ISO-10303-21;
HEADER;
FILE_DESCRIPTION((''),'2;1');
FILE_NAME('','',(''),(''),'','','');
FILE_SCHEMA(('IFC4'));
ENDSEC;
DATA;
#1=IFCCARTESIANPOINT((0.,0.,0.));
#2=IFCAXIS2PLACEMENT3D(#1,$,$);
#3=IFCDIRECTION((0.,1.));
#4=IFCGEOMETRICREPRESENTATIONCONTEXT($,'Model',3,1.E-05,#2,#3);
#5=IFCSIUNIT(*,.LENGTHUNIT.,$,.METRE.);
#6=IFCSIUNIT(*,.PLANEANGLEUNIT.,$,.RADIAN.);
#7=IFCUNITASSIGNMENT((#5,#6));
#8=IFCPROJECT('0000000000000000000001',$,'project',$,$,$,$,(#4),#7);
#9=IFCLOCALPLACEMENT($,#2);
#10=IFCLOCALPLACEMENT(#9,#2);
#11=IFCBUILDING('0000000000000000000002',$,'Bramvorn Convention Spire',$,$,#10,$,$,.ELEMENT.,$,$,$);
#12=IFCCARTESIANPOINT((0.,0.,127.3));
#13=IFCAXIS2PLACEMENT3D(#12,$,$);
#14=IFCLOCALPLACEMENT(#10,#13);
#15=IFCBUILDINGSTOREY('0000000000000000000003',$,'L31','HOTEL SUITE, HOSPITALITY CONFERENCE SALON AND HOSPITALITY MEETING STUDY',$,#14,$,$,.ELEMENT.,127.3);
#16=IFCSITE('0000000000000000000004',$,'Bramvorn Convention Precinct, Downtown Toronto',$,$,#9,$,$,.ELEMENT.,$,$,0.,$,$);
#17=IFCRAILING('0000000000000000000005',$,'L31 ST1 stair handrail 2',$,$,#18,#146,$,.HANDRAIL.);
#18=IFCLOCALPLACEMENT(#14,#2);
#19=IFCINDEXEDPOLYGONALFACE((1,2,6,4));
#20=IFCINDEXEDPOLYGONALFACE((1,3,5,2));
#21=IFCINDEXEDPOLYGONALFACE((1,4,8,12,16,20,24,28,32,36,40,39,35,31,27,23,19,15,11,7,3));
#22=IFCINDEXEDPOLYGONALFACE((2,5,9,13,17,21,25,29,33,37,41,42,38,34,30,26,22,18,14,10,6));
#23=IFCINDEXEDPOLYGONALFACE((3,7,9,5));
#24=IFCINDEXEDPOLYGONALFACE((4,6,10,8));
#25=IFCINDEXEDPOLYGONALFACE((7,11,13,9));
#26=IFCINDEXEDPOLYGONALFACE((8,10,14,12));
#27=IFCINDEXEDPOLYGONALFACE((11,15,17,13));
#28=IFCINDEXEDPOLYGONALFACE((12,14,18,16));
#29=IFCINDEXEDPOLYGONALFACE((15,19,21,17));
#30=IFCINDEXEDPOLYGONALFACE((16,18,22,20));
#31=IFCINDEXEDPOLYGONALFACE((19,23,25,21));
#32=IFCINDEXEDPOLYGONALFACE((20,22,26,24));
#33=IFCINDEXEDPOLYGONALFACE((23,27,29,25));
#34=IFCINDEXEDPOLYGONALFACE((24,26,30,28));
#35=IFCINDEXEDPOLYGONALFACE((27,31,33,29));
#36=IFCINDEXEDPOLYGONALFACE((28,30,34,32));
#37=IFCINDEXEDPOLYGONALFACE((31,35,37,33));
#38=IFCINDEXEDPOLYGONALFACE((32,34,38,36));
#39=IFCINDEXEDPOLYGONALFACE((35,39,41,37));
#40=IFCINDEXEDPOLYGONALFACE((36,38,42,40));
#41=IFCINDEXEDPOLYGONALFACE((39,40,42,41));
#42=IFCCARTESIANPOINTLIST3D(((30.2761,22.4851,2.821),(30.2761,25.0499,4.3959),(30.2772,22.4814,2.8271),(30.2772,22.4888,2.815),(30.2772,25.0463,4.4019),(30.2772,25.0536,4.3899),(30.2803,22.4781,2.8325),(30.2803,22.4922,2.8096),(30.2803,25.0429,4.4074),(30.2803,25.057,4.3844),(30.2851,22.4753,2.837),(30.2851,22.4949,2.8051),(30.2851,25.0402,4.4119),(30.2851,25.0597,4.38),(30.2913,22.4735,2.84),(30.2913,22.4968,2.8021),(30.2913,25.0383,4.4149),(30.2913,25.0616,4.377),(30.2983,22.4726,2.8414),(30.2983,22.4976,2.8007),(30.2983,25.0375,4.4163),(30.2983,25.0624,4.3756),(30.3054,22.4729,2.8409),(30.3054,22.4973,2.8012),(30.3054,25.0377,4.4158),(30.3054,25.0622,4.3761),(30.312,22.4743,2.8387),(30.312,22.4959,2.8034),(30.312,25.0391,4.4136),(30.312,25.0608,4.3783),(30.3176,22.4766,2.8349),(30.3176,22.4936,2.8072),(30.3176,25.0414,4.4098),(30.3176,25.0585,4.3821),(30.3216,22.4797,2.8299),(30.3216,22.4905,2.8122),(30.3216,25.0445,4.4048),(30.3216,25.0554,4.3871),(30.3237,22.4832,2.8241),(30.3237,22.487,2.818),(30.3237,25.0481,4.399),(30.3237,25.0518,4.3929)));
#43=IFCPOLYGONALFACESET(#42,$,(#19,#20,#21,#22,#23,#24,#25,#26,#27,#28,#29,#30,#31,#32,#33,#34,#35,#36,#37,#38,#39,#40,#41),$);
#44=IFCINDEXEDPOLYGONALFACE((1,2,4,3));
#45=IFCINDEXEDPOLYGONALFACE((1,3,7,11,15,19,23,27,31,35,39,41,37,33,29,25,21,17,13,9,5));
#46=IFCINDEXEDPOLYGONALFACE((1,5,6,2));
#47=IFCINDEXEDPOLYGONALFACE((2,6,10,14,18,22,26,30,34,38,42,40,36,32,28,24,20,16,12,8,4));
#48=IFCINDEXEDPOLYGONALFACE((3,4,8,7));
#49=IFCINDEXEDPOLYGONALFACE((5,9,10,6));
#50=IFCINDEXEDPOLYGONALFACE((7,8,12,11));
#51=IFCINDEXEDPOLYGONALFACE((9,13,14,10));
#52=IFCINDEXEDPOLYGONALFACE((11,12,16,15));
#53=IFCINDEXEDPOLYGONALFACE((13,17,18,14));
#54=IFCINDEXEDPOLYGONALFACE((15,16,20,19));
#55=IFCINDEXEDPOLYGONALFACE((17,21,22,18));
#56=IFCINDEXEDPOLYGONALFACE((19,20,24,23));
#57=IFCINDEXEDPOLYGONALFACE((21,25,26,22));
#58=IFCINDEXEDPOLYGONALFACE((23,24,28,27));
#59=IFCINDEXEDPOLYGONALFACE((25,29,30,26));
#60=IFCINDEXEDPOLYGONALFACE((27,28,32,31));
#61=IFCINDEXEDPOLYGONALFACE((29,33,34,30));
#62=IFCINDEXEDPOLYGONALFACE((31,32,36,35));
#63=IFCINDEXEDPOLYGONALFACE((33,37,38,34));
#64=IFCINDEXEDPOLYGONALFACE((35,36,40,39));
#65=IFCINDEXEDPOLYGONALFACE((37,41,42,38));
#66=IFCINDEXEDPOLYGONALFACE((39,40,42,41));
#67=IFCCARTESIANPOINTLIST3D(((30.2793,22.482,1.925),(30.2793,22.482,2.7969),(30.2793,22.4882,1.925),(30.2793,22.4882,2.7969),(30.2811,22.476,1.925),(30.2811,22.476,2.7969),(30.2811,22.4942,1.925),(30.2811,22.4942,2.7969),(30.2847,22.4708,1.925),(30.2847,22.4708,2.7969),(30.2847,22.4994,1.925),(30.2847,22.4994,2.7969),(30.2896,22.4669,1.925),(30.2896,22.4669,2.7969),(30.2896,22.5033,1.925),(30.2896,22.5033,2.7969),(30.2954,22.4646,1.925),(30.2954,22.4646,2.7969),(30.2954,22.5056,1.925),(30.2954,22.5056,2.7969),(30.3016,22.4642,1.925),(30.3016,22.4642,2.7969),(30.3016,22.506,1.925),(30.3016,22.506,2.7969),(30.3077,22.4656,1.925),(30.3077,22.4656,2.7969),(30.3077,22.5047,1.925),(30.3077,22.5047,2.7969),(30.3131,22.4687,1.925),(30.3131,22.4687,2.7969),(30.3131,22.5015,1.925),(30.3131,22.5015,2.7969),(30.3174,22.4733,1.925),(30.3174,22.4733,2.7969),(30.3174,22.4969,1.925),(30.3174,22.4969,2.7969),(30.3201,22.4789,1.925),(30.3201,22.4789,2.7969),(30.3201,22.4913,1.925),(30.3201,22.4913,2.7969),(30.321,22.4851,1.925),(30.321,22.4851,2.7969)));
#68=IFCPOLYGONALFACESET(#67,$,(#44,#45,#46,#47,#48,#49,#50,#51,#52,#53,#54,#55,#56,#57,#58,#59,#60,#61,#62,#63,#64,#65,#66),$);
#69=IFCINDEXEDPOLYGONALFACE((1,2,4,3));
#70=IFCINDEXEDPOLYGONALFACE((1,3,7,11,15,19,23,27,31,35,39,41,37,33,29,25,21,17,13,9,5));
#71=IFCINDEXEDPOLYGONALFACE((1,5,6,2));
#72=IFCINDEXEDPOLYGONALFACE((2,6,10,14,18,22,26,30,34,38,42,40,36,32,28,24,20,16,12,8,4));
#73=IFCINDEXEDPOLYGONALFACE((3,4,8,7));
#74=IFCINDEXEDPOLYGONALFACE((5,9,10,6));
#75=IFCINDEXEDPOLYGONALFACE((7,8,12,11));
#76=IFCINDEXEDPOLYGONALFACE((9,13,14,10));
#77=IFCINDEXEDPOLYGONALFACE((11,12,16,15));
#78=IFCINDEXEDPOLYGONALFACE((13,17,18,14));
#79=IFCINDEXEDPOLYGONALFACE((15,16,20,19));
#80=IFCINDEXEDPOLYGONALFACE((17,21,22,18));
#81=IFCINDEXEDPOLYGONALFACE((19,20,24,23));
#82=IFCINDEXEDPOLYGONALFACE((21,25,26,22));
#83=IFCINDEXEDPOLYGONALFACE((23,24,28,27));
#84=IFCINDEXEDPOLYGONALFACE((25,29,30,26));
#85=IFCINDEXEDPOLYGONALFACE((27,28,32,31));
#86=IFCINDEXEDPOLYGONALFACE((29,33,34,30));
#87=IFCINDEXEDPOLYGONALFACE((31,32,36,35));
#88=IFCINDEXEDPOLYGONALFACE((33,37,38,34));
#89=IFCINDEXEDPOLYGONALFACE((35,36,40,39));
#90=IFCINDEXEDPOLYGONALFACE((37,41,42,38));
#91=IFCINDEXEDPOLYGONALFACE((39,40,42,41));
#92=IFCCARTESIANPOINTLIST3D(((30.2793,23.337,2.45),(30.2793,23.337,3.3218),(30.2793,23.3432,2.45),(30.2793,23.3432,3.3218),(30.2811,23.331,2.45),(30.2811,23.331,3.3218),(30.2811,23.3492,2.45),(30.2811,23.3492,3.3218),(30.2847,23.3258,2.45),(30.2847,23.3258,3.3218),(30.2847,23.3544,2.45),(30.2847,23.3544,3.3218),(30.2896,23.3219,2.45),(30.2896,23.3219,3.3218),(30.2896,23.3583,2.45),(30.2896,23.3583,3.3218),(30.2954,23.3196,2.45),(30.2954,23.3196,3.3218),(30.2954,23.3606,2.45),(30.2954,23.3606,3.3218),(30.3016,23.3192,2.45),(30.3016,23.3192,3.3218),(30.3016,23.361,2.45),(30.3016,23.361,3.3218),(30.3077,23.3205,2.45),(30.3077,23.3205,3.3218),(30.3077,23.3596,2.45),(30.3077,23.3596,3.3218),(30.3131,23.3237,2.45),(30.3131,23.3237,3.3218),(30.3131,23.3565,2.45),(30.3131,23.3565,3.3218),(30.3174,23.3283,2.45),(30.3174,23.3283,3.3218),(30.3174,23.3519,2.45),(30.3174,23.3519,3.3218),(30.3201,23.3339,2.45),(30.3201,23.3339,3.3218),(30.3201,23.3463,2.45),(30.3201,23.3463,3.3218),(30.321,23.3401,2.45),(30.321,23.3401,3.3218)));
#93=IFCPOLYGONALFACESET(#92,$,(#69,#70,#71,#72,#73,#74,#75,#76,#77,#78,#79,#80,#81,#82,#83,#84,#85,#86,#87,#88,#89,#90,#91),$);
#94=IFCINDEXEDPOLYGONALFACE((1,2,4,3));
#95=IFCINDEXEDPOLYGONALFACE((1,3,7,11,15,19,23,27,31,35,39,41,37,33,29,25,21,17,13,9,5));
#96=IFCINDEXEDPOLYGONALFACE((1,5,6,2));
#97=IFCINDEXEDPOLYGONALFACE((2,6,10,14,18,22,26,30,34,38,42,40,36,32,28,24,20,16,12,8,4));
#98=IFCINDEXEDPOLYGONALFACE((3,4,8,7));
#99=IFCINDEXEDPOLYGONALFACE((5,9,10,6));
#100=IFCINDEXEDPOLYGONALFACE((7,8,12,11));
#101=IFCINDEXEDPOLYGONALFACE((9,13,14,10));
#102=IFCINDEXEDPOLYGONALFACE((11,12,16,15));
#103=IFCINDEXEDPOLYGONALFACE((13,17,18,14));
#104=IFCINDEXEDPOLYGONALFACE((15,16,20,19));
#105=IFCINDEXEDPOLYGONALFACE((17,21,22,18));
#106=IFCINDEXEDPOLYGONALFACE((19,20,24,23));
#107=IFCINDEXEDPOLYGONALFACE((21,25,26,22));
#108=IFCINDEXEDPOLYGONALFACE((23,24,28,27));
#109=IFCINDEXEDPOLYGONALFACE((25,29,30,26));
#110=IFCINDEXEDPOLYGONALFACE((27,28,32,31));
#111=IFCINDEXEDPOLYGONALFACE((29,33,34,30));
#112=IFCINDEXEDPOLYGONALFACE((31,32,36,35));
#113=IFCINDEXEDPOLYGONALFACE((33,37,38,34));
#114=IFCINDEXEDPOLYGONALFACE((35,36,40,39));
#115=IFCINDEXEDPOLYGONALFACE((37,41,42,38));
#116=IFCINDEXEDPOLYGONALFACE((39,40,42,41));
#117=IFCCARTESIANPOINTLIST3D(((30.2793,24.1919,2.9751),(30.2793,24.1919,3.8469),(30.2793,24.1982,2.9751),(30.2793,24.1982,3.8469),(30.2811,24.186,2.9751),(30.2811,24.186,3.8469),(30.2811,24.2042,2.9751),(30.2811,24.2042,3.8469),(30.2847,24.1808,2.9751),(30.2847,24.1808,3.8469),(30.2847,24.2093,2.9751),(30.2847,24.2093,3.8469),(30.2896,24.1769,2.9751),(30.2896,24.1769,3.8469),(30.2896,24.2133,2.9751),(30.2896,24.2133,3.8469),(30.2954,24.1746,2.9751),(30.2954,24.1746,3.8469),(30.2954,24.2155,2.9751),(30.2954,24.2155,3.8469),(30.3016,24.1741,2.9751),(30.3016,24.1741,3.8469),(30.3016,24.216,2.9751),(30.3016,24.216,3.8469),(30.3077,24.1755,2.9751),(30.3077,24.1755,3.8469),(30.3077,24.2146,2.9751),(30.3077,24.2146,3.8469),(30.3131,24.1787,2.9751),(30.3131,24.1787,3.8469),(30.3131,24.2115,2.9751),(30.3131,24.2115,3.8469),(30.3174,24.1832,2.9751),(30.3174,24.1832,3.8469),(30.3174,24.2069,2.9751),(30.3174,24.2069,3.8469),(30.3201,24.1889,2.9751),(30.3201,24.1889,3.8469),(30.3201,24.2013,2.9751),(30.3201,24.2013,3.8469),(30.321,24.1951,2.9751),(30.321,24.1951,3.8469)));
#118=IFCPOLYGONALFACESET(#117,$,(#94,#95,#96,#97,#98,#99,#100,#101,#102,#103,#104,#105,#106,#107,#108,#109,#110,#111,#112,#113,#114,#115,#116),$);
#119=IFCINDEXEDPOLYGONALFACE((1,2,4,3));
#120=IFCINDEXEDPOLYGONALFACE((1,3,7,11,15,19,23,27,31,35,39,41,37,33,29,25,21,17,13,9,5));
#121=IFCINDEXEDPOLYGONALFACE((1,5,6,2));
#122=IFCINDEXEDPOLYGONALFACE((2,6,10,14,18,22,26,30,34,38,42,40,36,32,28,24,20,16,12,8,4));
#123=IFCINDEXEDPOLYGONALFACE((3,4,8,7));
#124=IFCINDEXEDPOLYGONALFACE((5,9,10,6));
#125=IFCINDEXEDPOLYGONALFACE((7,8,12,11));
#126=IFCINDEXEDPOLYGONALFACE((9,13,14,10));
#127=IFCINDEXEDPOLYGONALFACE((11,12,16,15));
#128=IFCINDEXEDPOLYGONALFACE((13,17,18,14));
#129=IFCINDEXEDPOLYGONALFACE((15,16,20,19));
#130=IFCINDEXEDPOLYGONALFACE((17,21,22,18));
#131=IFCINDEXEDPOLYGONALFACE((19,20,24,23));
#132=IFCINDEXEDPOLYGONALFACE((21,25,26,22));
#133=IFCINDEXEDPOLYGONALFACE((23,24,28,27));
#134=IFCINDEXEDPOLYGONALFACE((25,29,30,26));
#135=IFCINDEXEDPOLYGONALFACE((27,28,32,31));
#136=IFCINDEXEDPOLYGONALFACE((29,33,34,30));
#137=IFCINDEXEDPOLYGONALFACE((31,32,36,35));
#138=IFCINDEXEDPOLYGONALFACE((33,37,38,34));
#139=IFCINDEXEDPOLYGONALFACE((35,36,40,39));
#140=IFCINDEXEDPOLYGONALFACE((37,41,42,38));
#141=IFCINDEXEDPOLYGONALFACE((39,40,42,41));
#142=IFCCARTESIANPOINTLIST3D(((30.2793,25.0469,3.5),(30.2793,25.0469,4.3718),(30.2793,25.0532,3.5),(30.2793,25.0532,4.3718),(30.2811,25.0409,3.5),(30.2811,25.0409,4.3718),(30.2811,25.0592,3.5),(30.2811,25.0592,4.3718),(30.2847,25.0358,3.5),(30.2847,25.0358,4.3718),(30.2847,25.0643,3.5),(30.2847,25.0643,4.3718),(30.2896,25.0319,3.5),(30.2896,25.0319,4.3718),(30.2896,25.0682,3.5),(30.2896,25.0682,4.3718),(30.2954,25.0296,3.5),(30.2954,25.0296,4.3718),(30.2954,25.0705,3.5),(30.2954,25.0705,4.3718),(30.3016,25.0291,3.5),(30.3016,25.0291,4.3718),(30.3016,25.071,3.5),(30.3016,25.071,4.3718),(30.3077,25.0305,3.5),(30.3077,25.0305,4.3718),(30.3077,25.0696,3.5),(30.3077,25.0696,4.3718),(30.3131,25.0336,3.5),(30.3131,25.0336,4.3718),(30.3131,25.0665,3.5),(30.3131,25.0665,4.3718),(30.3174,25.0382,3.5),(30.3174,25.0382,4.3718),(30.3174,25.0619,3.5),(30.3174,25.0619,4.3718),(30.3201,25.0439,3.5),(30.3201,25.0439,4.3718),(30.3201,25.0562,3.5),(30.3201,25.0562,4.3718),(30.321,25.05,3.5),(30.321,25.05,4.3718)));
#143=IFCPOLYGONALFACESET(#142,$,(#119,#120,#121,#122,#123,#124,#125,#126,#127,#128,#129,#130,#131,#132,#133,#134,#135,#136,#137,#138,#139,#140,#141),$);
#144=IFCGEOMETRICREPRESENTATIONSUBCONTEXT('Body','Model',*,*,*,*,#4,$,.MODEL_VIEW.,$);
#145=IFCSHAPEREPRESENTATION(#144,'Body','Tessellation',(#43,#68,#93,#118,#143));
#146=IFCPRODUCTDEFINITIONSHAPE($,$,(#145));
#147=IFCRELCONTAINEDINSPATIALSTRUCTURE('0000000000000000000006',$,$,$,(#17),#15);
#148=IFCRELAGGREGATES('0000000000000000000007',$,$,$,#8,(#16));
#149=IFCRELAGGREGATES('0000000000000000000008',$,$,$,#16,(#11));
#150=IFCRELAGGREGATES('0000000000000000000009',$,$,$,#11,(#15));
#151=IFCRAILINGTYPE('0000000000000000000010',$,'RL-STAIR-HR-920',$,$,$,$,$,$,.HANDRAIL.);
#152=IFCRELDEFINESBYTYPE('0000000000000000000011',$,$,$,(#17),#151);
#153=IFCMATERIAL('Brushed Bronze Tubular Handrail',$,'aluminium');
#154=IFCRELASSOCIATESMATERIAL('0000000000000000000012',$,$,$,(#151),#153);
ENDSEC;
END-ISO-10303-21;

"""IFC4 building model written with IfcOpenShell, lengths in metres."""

from ifc_helpers import new_model, si_unit, direction, frame, origin, origin_2d, place, context, subcontext, project, spatial, circle, extrude, material, type_object, element, save


model = new_model("IFC4")

# Units and contexts
model_context = context("Model", 3, precision=1e-05, world=origin(), true_north=direction((0.0, 1.0)))
body_context = subcontext(model_context, "Body", "Model", "MODEL_VIEW")
ifc_project = project(units=[si_unit("LENGTHUNIT", "METRE"), si_unit("PLANEANGLEUNIT", "RADIAN")], contexts=[model_context])

# Site, building, storey
site_placement = place(None, origin())
site = spatial("IfcSite", under=ifc_project, at=site_placement, Name="Bramvorn Convention Precinct, Downtown Toronto", CompositionType="ELEMENT", RefElevation=0.0)
building_placement = place(site_placement, origin())
building = spatial("IfcBuilding", under=site, at=building_placement, Name="Bramvorn Convention Spire", CompositionType="ELEMENT")
storey_placement = place(building_placement, frame((0.0, 0.0, 127.3)))
storey = spatial("IfcBuildingStorey", under=building, at=storey_placement, Name="L31", Description="HOTEL SUITE, HOSPITALITY CONFERENCE SALON AND HOSPITALITY MEETING STUDY", CompositionType="ELEMENT", Elevation=127.3)

# Railing
ifc_material_1 = material(Name="Brushed Bronze Tubular Handrail", Category="aluminium")
railing_type_1 = type_object("IfcRailingType", Name="RL-STAIR-HR-920", PredefinedType="HANDRAIL", material=ifc_material_1)
railing_1_placement = place(storey_placement, frame((30.3, 22.4851, 1.925)))
element("IfcRailing", 1, at=railing_1_placement, inside=storey, type_object=railing_type_1, Name="L31 ST1 stair handrail 2", PredefinedType="HANDRAIL", context=body_context, shape_type="SweptSolid", body=[
    extrude(circle(Radius=0.0239, at=origin_2d()), frame((0.0, 0.0, 0.896), z_axis=(0.0, 0.852173, 0.52326), x_axis=(-1.0, 0.0, 0.0)), (0.0, 0.0, 1.0), 3.0098),
    extrude(circle(Radius=0.021, at=origin_2d()), origin(), (0.0, 0.0, 1.0), 0.8718),
    extrude(circle(Radius=0.021, at=origin_2d()), frame((0.0, 0.855, 0.5249)), (0.0, 0.0, 1.0), 0.8718),
    extrude(circle(Radius=0.021, at=origin_2d()), frame((0.0, 1.71, 1.05)), (0.0, 0.0, 1.0), 0.8718),
    extrude(circle(Radius=0.021, at=origin_2d()), frame((0.0, 2.5649, 1.575)), (0.0, 0.0, 1.0), 0.8718),
])

save(model, "model.ifc")
